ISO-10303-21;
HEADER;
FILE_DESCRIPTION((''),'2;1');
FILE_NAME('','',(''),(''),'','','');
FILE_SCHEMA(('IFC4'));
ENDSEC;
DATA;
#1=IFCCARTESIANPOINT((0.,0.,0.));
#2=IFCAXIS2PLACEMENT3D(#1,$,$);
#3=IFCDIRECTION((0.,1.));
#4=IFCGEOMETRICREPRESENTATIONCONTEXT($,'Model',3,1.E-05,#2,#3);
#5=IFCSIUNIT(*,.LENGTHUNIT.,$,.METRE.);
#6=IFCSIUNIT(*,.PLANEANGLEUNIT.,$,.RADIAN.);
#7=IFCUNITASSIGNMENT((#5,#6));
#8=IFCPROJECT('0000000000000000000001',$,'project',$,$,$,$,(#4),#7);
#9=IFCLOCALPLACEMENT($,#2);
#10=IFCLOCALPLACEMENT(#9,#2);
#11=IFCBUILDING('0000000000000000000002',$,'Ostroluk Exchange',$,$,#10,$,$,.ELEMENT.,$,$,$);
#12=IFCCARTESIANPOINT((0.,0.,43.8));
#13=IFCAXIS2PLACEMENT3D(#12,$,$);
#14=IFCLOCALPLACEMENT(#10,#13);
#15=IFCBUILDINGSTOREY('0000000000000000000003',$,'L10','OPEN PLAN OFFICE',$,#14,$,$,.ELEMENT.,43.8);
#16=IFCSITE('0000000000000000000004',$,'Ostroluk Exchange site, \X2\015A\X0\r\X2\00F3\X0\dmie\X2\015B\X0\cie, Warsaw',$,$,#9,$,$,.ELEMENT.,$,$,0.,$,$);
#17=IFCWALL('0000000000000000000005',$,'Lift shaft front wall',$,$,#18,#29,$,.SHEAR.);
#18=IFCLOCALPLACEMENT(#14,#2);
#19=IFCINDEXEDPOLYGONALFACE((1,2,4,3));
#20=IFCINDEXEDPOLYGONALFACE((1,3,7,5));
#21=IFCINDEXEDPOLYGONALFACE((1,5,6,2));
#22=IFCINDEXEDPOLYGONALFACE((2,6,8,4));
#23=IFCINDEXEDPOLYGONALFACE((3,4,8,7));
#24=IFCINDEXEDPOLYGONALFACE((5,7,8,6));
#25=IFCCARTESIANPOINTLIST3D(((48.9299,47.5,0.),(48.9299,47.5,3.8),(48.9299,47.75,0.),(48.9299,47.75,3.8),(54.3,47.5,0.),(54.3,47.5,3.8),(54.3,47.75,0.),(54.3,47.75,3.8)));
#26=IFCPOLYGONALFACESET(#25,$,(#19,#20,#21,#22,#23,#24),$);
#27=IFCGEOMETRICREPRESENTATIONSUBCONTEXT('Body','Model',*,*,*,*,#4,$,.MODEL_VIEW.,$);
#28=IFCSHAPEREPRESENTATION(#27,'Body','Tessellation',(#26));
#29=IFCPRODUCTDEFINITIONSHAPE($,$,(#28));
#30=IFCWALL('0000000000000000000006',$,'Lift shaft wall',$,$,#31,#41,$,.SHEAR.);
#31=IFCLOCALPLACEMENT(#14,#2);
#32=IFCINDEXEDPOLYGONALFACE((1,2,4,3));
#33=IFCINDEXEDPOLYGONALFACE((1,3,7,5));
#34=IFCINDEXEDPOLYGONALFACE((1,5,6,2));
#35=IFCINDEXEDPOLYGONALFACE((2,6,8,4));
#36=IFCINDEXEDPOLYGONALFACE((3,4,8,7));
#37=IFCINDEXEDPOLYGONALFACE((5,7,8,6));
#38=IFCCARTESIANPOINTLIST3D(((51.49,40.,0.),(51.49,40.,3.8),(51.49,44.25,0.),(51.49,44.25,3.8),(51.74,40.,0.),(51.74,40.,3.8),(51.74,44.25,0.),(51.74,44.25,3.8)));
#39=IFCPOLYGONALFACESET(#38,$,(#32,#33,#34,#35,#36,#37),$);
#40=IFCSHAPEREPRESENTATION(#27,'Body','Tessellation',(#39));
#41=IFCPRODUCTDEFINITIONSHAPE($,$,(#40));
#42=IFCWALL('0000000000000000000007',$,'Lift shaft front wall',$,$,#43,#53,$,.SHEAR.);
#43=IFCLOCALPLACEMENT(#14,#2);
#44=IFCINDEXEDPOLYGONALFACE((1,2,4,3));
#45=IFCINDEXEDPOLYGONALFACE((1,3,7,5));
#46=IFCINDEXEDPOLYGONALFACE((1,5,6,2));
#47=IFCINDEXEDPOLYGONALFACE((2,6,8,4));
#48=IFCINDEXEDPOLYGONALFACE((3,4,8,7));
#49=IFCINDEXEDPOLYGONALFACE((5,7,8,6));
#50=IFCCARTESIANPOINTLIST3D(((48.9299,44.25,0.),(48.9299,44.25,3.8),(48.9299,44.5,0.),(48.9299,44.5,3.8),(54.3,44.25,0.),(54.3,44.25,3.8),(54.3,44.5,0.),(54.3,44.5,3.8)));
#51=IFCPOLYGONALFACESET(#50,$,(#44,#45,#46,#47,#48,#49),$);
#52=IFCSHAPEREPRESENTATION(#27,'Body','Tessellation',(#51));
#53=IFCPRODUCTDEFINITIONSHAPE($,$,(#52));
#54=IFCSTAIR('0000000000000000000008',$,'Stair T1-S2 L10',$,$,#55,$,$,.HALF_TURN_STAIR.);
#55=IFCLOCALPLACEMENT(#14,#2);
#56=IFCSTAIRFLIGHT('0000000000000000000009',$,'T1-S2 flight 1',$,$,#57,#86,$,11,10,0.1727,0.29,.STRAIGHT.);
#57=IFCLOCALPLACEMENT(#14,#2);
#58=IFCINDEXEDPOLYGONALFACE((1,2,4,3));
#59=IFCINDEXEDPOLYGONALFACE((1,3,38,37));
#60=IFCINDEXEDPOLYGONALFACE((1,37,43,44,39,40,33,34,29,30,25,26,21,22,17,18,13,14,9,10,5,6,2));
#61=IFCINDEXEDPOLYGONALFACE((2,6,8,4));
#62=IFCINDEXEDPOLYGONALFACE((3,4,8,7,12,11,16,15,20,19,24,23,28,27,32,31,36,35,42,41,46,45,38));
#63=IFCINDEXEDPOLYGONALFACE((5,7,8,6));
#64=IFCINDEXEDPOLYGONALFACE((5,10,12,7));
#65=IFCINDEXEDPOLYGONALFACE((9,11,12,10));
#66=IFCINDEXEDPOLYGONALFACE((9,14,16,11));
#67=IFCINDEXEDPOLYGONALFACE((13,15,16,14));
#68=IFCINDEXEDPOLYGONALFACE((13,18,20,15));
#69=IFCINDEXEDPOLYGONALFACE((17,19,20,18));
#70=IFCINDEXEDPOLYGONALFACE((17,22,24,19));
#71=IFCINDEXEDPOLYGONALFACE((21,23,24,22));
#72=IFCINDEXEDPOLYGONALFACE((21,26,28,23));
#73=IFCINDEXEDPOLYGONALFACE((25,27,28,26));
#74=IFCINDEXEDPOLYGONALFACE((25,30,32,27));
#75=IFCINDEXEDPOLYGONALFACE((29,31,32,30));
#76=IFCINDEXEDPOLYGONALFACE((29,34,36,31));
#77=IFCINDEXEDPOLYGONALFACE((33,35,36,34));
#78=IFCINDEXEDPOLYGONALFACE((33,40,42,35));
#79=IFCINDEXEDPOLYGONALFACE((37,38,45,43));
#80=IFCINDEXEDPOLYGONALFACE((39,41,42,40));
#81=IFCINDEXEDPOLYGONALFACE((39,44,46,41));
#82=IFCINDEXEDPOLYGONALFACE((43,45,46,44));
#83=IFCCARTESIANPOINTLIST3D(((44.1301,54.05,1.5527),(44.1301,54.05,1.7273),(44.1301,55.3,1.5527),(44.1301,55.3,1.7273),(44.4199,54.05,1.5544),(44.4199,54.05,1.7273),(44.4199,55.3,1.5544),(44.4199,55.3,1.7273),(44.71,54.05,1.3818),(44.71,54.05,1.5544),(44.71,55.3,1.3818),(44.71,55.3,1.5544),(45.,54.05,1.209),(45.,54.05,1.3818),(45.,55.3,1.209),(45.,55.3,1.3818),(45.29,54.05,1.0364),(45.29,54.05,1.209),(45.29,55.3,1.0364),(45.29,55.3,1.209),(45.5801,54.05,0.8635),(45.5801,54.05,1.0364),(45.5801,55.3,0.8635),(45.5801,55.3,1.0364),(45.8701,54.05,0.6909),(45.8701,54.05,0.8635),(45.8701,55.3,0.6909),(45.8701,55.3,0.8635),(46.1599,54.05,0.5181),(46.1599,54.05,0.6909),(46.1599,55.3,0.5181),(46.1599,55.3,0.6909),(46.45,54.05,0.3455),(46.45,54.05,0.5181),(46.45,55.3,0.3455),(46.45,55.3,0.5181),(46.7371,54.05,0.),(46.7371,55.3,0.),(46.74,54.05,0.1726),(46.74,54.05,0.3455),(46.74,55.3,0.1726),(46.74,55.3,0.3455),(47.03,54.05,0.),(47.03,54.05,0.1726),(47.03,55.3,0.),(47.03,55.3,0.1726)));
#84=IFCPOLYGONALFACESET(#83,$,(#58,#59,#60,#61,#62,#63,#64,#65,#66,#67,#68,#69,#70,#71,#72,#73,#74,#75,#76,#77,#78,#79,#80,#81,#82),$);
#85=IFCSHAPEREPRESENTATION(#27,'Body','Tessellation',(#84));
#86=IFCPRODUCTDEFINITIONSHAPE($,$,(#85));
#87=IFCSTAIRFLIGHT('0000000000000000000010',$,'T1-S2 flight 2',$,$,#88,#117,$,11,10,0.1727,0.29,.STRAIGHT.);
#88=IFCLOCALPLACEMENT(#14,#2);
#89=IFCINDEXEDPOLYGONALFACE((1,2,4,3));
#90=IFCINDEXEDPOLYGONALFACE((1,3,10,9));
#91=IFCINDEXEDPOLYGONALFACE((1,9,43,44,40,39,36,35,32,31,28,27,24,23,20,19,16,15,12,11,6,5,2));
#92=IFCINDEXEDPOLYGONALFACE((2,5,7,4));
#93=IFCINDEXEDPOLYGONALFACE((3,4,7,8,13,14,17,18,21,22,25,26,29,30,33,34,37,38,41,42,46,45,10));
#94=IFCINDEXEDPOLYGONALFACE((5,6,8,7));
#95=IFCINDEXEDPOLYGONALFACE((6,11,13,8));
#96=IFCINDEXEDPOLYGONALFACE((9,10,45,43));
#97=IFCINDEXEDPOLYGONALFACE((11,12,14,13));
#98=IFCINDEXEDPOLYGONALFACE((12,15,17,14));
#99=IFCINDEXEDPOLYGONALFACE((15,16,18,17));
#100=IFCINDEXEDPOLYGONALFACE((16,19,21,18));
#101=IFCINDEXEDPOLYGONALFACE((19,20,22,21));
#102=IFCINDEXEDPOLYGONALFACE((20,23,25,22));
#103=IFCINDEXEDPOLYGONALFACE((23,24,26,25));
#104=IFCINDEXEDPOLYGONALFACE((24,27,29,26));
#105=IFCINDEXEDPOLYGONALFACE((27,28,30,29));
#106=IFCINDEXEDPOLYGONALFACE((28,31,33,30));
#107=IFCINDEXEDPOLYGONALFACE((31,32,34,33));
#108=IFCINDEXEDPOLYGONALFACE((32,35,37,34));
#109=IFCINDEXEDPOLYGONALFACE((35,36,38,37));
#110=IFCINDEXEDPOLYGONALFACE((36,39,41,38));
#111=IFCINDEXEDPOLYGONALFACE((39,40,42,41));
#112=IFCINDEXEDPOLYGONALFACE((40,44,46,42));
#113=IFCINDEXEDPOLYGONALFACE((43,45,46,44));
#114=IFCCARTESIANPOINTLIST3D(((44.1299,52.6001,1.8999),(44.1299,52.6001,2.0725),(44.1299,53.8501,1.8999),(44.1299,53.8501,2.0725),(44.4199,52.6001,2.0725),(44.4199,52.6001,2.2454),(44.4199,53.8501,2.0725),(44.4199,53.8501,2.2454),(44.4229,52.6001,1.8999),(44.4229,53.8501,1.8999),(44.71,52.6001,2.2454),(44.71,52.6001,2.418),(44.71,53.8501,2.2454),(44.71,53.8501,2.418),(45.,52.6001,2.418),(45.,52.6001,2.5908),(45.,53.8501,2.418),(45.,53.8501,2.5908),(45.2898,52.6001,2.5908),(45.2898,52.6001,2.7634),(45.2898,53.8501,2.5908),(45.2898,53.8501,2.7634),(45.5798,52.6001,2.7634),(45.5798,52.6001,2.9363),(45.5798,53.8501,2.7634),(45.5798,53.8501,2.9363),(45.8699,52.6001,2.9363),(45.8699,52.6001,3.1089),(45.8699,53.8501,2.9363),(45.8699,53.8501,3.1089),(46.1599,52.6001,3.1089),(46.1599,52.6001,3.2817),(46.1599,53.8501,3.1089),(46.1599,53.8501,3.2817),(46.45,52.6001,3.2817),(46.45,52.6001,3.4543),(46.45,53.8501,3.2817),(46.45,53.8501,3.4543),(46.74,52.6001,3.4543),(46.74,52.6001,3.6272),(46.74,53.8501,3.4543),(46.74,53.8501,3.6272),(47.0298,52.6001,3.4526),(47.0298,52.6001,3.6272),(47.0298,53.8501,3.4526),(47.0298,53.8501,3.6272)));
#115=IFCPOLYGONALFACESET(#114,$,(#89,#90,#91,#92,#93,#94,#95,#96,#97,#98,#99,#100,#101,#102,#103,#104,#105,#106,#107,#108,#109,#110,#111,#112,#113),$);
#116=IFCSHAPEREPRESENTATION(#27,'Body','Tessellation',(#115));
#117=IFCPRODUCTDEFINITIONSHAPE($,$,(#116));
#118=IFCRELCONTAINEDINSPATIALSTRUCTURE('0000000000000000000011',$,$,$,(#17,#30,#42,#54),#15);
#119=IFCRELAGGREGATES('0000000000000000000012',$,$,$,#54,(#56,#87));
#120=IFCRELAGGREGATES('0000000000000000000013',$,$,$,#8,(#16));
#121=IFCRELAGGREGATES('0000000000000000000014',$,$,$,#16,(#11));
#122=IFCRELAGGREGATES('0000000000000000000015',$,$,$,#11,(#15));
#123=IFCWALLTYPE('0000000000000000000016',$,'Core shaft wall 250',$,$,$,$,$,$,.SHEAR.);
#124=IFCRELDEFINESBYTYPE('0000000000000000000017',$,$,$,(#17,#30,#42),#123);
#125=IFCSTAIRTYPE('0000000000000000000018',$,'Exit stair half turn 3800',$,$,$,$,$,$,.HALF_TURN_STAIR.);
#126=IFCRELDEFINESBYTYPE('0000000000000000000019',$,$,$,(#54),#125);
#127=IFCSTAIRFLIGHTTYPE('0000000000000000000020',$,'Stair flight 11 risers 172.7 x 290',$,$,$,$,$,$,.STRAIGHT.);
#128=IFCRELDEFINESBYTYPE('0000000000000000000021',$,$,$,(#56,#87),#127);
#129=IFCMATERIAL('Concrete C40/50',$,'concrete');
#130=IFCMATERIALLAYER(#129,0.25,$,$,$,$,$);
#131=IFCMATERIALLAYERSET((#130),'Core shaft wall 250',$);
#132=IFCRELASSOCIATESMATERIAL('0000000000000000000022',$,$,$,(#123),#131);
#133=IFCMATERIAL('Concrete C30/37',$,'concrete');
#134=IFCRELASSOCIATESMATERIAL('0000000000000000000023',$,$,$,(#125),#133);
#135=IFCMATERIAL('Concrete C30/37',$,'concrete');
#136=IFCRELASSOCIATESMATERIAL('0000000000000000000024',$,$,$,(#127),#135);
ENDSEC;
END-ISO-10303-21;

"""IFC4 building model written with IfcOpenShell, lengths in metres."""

from ifc_helpers import new_model, si_unit, direction, frame, frame_2d, origin, place, context, subcontext, project, spatial, polyline, rectangle, outline, extrude, material, layer, layer_set, type_object, element, aggregate, save


model = new_model("IFC4")

# Units and contexts
model_context = context("Model", 3, precision=1e-05, world=origin(), true_north=direction((0.0, 1.0)))
body_context = subcontext(model_context, "Body", "Model", "MODEL_VIEW")
ifc_project = project(units=[si_unit("LENGTHUNIT", "METRE"), si_unit("PLANEANGLEUNIT", "RADIAN")], contexts=[model_context])

# Site, building, storey
site_placement = place(None, origin())
site = spatial("IfcSite", under=ifc_project, at=site_placement, Name="Ostroluk Exchange site, Śródmieście, Warsaw", CompositionType="ELEMENT", RefElevation=0.0)
building_placement = place(site_placement, origin())
building = spatial("IfcBuilding", under=site, at=building_placement, Name="Ostroluk Exchange", CompositionType="ELEMENT")
storey_placement = place(building_placement, frame((0.0, 0.0, 43.8)))
storey = spatial("IfcBuildingStorey", under=building, at=storey_placement, Name="L10", Description="OPEN PLAN OFFICE", CompositionType="ELEMENT", Elevation=43.8)

# Shared definitions
ifc_material_1 = material(Name="Concrete C40/50", Category="concrete")
ifc_layer_1 = layer(ifc_material_1, 0.25)
ifc_layer_set_1 = layer_set([ifc_layer_1], Name="Core shaft wall 250")
wall_type_1 = type_object("IfcWallType", Name="Core shaft wall 250", PredefinedType="SHEAR", material=ifc_layer_set_1)

# Walls
wall_1_placement = place(storey_placement, frame((48.9299, 47.625, 0.0), z_axis=(0.0, 0.0, 1.0), x_axis=(1.0, 0.0, 0.0)))
element("IfcWall", 1, at=wall_1_placement, inside=storey, type_object=wall_type_1, Name="Lift shaft front wall", PredefinedType="SHEAR", context=body_context, shape_type="SweptSolid", body=[
    extrude(rectangle(XDim=5.3701, YDim=0.25, at=frame_2d((2.6851, 0.0))), origin(), (0.0, 0.0, 1.0), 3.8),
])
wall_2_placement = place(storey_placement, frame((51.615, 44.25, 0.0), z_axis=(0.0, 0.0, 1.0), x_axis=(0.0, -1.0, 0.0)))
element("IfcWall", 2, at=wall_2_placement, inside=storey, type_object=wall_type_1, Name="Lift shaft wall", PredefinedType="SHEAR", context=body_context, shape_type="SweptSolid", body=[
    extrude(rectangle(XDim=4.25, YDim=0.25, at=frame_2d((2.125, 0.0))), origin(), (0.0, 0.0, 1.0), 3.8),
])
wall_3_placement = place(storey_placement, frame((48.9299, 44.375, 0.0), z_axis=(0.0, 0.0, 1.0), x_axis=(1.0, 0.0, 0.0)))
element("IfcWall", 3, at=wall_3_placement, inside=storey, type_object=wall_type_1, Name="Lift shaft front wall", PredefinedType="SHEAR", context=body_context, shape_type="SweptSolid", body=[
    extrude(rectangle(XDim=5.3701, YDim=0.25, at=frame_2d((2.6851, 0.0))), origin(), (0.0, 0.0, 1.0), 3.8),
])

# Stair, stair flights
ifc_material_2 = material(Name="Concrete C30/37", Category="concrete")
stair_type = type_object("IfcStairType", Name="Exit stair half turn 3800", PredefinedType="HALF_TURN_STAIR", material=ifc_material_2)
stair_placement = place(storey_placement, origin())
stair = element("IfcStair", 4, at=stair_placement, inside=storey, type_object=stair_type, Name="Stair T1-S2 L10", PredefinedType="HALF_TURN_STAIR")
ifc_material_3 = material(Name="Concrete C30/37", Category="concrete")
stair_flight_type = type_object("IfcStairFlightType", Name="Stair flight 11 risers 172.7 x 290", PredefinedType="STRAIGHT", material=ifc_material_3)
stair_flight_1_placement = place(storey_placement, frame((47.03, 54.675, 0.0), z_axis=(0.0, 0.0, 1.0), x_axis=(-1.0, 0.0, 0.0)))
stair_flight_1 = element("IfcStairFlight", 5, at=stair_flight_1_placement, type_object=stair_flight_type, Name="T1-S2 flight 1", NumberOfRisers=11, NumberOfTreads=10, PredefinedType="STRAIGHT", RiserHeight=0.1727, TreadLength=0.29, context=body_context, shape_type="SweptSolid", body=[
    extrude(outline(polyline([(0.0, 0.0), (0.0, 0.1726), (0.29, 0.1726), (0.29, 0.3455), (0.5801, 0.3455), (0.5801, 0.5181), (0.8701, 0.5181), (0.8701, 0.6909), (1.1599, 0.6909), (1.1599, 0.8635), (1.45, 0.8635), (1.45, 1.0364), (1.74, 1.0364), (1.74, 1.209), (2.03, 1.209), (2.03, 1.3818), (2.3201, 1.3818), (2.3201, 1.5544), (2.6101, 1.5544), (2.6101, 1.7273), (2.8999, 1.7273), (2.8999, 1.8999), (2.8999, 1.5527), (0.293, 0.0), (0.0, 0.0)])), frame((0.0, 0.625, 0.0), z_axis=(0.0, -1.0, 0.0), x_axis=(1.0, 0.0, 0.0)), (0.0, 0.0, 1.0), 1.25),
])
stair_flight_2_placement = place(storey_placement, frame((44.1299, 53.2251, 1.8999), z_axis=(0.0, 0.0, 1.0), x_axis=(1.0, 0.0, 0.0)))
stair_flight_2 = element("IfcStairFlight", 6, at=stair_flight_2_placement, type_object=stair_flight_type, Name="T1-S2 flight 2", NumberOfRisers=11, NumberOfTreads=10, PredefinedType="STRAIGHT", RiserHeight=0.1727, TreadLength=0.29, context=body_context, shape_type="SweptSolid", body=[
    extrude(outline(polyline([(0.0, 0.0), (0.0, 0.1726), (0.29, 0.1726), (0.29, 0.3455), (0.5801, 0.3455), (0.5801, 0.5181), (0.8701, 0.5181), (0.8701, 0.6909), (1.1599, 0.6909), (1.1599, 0.8635), (1.45, 0.8635), (1.45, 1.0364), (1.74, 1.0364), (1.74, 1.209), (2.03, 1.209), (2.03, 1.3818), (2.3201, 1.3818), (2.3201, 1.5544), (2.6101, 1.5544), (2.6101, 1.7273), (2.8999, 1.7273), (2.8999, 1.8999), (2.8999, 1.5527), (0.293, 0.0), (0.0, 0.0)])), frame((0.0, 0.625, 0.0), z_axis=(0.0, -1.0, 0.0), x_axis=(1.0, 0.0, 0.0)), (0.0, 0.0, 1.0), 1.25),
])
aggregate(stair, [stair_flight_1, stair_flight_2])

save(model, "model.ifc")
